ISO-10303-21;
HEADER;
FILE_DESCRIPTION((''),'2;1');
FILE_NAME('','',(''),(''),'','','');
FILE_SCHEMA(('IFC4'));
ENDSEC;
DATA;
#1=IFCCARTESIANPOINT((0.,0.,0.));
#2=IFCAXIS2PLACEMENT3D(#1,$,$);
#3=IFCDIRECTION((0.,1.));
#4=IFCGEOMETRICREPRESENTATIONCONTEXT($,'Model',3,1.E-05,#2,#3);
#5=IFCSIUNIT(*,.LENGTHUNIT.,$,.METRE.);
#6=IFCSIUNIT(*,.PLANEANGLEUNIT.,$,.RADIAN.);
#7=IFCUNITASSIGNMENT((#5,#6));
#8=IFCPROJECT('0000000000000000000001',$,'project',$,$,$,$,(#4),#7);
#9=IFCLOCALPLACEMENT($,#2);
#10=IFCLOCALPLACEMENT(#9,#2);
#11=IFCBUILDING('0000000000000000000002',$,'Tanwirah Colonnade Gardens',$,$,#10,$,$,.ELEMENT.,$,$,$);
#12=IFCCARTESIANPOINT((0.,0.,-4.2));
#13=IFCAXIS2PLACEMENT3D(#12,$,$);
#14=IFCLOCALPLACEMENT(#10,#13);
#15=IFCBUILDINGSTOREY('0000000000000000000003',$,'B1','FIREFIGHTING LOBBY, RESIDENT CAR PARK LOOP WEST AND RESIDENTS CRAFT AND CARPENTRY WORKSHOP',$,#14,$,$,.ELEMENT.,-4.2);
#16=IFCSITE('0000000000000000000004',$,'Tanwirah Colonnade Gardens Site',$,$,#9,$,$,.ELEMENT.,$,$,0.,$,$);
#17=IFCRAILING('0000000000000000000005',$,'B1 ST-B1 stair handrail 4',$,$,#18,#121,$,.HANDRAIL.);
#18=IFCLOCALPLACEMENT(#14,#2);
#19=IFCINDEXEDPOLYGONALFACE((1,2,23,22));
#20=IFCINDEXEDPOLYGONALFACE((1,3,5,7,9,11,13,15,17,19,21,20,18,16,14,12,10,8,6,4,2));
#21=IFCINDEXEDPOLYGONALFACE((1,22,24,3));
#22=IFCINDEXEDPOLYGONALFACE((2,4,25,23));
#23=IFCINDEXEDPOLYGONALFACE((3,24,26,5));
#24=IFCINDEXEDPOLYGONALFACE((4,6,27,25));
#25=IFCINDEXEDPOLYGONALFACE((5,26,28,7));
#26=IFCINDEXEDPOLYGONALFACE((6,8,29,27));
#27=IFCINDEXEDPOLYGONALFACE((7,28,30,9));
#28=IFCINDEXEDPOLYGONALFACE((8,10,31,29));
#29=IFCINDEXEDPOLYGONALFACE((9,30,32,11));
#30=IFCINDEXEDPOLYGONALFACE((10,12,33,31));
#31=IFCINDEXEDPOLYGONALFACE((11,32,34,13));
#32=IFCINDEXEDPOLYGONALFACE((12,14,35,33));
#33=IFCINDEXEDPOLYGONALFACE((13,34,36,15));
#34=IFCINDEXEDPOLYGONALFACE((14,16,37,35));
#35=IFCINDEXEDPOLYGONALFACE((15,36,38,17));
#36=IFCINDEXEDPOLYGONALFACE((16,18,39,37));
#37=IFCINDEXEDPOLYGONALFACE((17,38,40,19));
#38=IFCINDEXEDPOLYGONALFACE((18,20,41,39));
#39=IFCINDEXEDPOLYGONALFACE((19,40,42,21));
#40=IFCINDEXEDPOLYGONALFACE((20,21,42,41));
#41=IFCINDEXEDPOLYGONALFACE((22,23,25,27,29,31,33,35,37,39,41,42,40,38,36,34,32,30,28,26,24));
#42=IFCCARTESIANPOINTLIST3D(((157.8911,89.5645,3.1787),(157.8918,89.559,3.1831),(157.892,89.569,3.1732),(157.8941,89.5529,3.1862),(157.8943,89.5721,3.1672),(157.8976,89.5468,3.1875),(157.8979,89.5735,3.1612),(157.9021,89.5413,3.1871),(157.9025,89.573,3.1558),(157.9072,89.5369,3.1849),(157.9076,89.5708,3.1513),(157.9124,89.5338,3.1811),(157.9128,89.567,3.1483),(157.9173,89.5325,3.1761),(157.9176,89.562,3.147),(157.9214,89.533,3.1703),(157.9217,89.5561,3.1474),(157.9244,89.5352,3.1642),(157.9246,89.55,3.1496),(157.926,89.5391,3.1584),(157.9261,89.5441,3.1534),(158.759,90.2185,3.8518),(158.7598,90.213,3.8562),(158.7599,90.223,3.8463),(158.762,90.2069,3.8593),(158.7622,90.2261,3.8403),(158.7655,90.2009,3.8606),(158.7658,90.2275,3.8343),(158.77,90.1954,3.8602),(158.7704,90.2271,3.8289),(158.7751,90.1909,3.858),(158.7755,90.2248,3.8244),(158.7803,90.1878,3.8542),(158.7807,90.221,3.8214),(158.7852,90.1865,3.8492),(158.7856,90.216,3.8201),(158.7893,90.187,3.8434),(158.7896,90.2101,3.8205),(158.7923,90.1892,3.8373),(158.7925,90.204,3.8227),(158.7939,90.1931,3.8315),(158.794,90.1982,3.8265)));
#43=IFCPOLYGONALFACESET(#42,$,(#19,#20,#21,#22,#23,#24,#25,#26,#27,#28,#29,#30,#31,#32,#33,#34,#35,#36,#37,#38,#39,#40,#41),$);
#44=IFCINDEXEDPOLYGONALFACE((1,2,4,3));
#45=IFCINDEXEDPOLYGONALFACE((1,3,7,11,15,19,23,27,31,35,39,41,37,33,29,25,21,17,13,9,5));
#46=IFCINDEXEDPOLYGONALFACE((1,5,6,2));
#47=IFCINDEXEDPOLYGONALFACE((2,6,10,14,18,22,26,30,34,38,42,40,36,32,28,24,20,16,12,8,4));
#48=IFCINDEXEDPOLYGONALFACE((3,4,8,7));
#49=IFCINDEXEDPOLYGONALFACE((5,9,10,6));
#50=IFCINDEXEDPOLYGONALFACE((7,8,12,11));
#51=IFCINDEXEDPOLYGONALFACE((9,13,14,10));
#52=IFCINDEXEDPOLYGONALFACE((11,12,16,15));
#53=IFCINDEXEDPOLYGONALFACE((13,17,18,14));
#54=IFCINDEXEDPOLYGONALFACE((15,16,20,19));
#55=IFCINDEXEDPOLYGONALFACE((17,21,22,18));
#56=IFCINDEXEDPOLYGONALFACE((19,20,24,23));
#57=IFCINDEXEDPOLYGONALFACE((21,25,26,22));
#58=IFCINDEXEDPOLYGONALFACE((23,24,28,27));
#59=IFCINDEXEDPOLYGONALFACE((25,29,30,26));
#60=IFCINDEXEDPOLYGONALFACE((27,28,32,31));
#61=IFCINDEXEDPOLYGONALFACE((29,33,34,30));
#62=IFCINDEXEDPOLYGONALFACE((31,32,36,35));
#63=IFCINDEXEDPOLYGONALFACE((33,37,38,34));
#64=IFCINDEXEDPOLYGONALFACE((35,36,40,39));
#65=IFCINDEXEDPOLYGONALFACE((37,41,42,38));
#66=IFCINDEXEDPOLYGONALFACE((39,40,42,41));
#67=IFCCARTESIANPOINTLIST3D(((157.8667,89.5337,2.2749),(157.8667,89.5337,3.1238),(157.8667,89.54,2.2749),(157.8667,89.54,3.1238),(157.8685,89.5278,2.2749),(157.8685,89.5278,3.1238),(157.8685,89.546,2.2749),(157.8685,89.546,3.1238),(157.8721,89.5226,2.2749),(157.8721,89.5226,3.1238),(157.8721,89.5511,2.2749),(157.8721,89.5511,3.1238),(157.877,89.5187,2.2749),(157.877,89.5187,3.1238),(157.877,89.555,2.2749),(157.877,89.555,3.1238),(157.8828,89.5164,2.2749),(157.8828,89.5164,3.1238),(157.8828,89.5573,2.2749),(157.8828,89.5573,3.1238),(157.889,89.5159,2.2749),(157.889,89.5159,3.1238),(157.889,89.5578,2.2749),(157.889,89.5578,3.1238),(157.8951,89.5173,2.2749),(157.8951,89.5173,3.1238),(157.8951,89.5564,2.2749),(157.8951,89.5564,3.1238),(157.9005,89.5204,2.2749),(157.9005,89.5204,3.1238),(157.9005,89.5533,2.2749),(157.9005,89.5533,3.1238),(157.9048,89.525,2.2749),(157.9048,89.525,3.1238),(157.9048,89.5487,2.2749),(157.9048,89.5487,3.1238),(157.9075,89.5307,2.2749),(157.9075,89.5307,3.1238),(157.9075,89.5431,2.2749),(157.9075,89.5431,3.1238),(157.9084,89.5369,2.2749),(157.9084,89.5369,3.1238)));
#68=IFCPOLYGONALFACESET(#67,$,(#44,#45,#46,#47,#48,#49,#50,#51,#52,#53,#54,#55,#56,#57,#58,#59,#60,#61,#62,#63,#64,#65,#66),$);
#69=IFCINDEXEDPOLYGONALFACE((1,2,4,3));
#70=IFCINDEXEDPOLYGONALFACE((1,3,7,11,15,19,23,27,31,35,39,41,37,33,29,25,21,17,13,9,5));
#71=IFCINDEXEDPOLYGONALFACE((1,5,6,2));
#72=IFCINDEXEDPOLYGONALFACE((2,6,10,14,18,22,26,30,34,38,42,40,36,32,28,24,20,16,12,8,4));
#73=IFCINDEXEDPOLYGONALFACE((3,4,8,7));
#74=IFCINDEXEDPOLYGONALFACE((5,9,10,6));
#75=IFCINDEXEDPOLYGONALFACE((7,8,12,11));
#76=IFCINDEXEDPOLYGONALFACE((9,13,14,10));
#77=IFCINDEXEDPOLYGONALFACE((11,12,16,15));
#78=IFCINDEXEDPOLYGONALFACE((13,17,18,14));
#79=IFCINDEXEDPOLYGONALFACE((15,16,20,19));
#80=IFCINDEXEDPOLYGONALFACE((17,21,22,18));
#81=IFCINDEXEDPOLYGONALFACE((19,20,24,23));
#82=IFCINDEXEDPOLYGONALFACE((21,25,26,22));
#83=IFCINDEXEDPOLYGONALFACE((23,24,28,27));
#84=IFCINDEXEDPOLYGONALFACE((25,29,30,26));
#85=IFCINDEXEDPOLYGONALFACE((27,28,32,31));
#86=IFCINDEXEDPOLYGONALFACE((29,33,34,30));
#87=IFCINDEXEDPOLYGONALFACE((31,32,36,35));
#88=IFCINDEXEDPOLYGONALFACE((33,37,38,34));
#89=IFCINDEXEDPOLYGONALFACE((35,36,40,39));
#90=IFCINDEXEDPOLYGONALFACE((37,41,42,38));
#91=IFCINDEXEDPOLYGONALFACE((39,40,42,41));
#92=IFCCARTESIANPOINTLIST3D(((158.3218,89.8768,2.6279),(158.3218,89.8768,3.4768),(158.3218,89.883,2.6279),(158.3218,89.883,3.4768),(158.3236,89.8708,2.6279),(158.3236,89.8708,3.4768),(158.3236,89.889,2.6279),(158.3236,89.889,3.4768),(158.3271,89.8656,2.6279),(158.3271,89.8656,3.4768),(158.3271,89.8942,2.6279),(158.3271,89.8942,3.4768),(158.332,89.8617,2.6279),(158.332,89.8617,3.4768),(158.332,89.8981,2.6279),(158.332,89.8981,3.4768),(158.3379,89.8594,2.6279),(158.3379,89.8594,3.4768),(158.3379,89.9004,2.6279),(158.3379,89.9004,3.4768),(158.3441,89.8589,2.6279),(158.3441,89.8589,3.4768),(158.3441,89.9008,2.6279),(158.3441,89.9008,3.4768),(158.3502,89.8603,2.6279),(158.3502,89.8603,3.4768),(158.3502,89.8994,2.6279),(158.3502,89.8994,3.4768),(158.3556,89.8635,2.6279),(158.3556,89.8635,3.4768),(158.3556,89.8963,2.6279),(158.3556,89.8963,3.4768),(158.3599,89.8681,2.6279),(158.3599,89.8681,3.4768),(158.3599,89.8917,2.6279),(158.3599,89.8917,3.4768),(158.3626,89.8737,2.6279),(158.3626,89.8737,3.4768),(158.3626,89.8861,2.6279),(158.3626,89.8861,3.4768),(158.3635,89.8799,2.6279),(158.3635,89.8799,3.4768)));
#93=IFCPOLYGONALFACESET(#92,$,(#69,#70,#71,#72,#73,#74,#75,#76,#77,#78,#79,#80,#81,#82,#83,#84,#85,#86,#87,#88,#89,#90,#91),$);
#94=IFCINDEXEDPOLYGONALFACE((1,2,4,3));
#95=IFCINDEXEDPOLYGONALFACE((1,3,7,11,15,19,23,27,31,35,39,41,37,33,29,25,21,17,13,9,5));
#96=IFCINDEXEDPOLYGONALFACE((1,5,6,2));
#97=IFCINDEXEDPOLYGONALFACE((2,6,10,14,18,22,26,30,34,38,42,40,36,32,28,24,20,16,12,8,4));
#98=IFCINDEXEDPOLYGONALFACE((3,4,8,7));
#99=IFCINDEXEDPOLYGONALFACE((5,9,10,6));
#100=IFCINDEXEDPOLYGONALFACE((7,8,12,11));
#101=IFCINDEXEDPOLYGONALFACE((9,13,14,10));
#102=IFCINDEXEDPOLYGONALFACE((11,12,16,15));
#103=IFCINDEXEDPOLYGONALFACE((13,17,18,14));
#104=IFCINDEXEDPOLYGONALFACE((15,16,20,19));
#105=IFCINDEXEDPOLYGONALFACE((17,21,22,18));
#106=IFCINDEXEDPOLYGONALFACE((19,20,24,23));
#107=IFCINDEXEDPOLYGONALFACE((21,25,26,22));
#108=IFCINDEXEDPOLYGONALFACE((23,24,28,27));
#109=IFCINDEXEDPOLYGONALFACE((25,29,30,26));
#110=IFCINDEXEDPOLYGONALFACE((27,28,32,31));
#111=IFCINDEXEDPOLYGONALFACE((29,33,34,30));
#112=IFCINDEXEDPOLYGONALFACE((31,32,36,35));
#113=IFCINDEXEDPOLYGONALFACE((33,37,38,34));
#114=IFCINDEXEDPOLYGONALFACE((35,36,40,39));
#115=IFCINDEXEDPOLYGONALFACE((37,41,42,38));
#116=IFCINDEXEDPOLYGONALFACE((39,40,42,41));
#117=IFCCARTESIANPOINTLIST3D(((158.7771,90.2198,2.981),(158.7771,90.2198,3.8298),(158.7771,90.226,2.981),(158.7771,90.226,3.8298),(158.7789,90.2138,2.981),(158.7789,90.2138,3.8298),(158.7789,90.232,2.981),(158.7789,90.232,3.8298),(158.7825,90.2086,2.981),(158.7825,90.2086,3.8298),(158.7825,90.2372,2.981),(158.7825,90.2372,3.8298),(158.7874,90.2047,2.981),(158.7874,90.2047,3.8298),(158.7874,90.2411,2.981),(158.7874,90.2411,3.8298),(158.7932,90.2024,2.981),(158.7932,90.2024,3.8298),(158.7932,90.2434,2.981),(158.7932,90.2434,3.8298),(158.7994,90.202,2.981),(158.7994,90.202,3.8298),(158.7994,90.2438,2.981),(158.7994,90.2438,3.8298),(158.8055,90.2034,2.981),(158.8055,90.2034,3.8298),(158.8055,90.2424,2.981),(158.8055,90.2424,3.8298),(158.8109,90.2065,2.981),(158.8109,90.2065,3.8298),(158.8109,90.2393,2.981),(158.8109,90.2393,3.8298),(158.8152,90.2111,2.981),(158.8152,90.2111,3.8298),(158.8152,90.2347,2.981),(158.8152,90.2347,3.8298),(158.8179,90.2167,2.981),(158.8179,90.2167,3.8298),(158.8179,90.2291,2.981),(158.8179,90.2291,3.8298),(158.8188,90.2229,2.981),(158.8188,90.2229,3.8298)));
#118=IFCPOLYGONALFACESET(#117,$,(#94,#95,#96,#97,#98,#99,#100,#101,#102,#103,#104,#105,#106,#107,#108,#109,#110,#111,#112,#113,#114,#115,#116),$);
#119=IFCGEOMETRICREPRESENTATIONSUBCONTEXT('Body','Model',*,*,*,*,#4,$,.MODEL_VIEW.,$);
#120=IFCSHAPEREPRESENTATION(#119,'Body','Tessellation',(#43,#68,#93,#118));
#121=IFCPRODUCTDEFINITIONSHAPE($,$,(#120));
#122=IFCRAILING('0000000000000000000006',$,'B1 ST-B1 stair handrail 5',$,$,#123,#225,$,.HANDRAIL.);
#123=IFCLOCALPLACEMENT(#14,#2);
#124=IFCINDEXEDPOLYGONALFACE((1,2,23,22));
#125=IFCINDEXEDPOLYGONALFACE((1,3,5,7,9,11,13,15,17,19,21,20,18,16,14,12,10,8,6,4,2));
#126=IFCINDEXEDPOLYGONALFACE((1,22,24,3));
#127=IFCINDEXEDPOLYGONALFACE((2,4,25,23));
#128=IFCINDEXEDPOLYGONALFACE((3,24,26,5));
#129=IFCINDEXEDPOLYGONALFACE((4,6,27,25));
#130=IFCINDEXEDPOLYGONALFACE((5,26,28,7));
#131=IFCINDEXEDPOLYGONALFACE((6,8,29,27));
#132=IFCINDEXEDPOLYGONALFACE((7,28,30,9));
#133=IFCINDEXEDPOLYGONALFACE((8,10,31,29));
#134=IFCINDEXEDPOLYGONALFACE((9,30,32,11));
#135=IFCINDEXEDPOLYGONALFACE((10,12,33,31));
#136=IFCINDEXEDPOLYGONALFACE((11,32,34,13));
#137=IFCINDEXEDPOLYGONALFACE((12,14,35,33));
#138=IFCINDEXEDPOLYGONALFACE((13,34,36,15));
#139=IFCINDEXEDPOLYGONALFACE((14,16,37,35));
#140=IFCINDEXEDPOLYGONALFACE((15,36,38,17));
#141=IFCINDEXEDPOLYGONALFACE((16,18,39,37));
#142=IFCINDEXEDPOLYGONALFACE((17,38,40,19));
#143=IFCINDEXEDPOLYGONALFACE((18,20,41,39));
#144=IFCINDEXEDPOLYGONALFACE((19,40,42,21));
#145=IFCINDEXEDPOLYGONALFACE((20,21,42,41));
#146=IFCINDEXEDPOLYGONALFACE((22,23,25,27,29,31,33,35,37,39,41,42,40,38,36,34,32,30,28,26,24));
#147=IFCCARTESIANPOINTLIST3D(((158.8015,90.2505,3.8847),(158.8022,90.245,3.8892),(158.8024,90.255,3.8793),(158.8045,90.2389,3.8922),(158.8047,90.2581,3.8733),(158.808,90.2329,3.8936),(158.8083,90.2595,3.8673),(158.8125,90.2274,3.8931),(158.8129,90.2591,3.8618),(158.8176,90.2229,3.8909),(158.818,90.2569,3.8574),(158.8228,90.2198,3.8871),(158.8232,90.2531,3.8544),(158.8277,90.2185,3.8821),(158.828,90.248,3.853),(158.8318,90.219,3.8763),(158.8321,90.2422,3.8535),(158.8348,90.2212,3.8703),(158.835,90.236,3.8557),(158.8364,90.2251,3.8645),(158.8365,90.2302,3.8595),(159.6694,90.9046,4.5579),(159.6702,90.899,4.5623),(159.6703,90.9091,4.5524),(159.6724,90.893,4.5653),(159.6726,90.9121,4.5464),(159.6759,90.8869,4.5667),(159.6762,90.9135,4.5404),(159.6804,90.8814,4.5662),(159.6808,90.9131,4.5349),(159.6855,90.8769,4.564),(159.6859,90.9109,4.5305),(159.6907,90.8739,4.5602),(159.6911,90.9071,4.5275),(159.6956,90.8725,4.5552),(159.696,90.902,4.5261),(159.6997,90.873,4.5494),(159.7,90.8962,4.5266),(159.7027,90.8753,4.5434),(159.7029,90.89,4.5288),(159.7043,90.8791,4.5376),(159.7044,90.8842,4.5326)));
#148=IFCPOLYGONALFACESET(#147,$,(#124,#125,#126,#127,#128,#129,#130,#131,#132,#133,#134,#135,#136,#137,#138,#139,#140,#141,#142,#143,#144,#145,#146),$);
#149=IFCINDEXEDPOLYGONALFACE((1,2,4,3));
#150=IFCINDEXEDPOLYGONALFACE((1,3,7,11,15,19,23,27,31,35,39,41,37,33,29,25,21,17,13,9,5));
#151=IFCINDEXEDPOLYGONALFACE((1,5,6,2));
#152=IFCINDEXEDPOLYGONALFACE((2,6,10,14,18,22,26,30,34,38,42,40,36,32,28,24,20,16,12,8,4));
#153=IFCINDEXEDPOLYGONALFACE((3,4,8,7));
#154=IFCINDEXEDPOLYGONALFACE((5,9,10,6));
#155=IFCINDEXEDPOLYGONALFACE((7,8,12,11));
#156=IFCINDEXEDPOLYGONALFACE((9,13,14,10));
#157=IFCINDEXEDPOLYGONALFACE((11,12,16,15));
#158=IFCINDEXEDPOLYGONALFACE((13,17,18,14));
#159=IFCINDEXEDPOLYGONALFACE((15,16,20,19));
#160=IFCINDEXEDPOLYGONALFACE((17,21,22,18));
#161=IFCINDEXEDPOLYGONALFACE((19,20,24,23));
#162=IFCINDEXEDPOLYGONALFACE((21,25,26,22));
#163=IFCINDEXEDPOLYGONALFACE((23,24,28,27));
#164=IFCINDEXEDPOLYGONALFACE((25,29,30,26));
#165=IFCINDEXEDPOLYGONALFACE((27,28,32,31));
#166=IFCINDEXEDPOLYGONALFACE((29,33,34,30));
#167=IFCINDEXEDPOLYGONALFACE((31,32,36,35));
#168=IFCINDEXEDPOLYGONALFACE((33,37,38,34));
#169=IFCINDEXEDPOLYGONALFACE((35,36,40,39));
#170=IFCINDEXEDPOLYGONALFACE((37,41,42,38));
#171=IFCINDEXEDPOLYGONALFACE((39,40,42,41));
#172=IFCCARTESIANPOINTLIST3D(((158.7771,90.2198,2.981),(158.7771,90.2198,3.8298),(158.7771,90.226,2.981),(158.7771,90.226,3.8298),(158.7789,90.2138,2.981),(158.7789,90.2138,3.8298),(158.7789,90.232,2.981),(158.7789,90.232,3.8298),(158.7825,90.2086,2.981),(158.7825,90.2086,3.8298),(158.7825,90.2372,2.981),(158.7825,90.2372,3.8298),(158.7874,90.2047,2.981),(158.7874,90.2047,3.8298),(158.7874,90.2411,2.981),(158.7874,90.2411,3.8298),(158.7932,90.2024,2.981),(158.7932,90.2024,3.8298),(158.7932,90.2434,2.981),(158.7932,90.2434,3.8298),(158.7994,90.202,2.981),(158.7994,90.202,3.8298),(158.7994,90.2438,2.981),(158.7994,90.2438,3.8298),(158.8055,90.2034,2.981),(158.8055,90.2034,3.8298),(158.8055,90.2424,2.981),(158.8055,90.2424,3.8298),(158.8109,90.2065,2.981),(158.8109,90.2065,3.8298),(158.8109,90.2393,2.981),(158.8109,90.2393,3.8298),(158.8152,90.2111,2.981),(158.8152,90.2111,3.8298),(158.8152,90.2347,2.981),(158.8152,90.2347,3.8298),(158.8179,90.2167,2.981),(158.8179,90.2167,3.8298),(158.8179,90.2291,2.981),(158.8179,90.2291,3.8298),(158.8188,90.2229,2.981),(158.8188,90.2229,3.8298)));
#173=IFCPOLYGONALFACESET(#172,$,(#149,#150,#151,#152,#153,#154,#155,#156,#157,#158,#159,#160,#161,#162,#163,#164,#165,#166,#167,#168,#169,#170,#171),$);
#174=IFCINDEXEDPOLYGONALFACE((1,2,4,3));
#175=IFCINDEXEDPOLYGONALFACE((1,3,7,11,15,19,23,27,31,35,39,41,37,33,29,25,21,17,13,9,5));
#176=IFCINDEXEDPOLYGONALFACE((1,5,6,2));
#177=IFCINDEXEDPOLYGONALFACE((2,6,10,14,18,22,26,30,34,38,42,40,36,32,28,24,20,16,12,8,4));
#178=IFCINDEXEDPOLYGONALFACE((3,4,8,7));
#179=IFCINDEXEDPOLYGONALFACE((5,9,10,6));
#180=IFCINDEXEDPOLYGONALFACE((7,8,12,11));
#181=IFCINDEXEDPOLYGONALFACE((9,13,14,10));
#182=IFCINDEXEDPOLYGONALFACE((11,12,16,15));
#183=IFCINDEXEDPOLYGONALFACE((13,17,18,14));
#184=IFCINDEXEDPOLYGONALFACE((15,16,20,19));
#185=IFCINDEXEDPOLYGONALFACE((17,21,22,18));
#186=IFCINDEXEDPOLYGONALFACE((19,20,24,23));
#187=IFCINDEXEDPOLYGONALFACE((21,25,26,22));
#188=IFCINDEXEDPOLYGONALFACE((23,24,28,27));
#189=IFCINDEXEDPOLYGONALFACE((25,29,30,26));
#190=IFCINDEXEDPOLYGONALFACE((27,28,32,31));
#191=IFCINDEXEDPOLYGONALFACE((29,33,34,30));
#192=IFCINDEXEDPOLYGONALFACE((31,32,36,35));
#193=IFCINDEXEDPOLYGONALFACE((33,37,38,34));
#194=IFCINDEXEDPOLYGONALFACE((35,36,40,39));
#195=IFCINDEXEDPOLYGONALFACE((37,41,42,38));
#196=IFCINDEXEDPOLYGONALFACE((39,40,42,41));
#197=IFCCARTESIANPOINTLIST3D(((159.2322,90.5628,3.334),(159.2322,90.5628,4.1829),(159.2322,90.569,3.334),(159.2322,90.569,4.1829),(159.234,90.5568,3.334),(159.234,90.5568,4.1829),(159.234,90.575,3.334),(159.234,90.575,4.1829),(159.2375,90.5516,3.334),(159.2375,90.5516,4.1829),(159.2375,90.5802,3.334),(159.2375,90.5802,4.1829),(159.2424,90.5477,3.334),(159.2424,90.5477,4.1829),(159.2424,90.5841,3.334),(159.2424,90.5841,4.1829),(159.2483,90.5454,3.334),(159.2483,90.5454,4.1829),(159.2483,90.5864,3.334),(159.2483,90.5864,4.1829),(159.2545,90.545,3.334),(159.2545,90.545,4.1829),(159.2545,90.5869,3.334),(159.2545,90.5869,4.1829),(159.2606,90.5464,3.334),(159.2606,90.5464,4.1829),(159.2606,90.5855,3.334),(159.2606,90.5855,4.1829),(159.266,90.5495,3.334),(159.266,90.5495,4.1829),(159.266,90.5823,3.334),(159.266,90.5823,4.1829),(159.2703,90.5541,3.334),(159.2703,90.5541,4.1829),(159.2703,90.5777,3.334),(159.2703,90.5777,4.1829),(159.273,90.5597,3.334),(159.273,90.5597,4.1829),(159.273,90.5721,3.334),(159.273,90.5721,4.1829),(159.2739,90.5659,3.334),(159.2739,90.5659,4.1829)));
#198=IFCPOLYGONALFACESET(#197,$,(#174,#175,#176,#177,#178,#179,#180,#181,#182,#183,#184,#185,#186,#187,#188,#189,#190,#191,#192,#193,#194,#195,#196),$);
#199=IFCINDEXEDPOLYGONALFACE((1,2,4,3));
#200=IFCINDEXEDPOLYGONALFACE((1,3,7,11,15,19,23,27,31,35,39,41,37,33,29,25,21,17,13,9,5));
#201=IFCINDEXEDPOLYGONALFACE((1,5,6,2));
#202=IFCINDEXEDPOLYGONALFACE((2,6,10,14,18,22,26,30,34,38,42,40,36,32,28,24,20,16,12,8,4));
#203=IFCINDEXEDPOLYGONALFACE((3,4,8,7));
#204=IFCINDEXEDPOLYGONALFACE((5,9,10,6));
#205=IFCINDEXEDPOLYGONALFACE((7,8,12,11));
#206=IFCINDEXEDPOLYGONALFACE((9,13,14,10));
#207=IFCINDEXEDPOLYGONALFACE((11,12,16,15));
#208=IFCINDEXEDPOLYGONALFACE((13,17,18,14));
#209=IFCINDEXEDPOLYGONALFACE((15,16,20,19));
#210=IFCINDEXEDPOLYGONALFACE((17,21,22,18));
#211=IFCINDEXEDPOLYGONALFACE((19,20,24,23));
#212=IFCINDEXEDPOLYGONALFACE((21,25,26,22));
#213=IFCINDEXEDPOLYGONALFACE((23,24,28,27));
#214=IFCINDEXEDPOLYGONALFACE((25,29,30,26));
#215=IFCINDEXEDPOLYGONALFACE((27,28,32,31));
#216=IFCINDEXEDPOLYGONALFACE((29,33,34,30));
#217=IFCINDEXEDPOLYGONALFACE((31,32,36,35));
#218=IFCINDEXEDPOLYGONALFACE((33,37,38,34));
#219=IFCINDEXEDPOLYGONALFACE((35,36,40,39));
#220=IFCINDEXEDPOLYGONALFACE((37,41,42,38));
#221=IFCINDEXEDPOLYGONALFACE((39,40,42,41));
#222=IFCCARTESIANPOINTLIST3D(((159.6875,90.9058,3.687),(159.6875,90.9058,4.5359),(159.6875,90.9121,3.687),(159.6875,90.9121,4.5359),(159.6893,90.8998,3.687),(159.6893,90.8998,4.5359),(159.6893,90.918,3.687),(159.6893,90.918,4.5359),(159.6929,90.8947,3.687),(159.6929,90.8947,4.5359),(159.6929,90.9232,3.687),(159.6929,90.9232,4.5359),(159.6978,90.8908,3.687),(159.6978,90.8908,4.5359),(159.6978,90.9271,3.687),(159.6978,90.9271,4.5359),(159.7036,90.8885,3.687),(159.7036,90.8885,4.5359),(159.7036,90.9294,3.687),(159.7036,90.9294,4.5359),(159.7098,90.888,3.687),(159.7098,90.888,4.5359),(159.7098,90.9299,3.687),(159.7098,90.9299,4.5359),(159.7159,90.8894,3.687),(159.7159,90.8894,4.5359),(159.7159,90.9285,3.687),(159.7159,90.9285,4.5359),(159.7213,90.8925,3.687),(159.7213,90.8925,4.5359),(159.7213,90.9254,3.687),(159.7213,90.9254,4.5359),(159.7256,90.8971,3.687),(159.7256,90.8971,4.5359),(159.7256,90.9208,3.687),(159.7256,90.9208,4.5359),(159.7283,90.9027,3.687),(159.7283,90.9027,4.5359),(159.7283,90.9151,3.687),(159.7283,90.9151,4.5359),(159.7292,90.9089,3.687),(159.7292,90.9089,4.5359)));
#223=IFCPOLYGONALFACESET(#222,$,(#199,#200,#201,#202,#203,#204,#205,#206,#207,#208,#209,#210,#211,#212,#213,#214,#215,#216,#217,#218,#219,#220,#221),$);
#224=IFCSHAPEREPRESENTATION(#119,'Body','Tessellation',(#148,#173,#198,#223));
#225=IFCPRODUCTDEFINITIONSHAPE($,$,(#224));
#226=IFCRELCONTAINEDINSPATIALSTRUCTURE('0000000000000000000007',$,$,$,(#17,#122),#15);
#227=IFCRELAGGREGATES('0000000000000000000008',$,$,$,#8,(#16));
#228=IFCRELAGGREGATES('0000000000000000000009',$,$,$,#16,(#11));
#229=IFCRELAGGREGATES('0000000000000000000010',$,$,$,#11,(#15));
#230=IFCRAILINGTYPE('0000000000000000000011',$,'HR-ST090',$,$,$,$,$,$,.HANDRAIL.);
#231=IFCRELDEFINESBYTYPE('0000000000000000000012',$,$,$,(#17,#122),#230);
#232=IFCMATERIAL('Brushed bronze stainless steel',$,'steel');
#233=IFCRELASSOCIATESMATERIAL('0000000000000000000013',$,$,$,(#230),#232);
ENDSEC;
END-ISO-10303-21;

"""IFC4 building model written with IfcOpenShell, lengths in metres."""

from ifc_helpers import new_model, si_unit, direction, frame, origin, origin_2d, place, context, subcontext, project, spatial, circle, extrude, material, type_object, element, save


model = new_model("IFC4")

# Units and contexts
model_context = context("Model", 3, precision=1e-05, world=origin(), true_north=direction((0.0, 1.0)))
body_context = subcontext(model_context, "Body", "Model", "MODEL_VIEW")
ifc_project = project(units=[si_unit("LENGTHUNIT", "METRE"), si_unit("PLANEANGLEUNIT", "RADIAN")], contexts=[model_context])

# Site, building, storey
site_placement = place(None, origin())
site = spatial("IfcSite", under=ifc_project, at=site_placement, Name="Tanwirah Colonnade Gardens Site", CompositionType="ELEMENT", RefElevation=0.0)
building_placement = place(site_placement, origin())
building = spatial("IfcBuilding", under=site, at=building_placement, Name="Tanwirah Colonnade Gardens", CompositionType="ELEMENT")
storey_placement = place(building_placement, frame((0.0, 0.0, -4.2)))
storey = spatial("IfcBuildingStorey", under=building, at=storey_placement, Name="B1", Description="FIREFIGHTING LOBBY, RESIDENT CAR PARK LOOP WEST AND RESIDENTS CRAFT AND CARPENTRY WORKSHOP", CompositionType="ELEMENT", Elevation=-4.2)

# Railings
ifc_material_1 = material(Name="Brushed bronze stainless steel", Category="steel")
railing_type_1 = type_object("IfcRailingType", Name="HR-ST090", PredefinedType="HANDRAIL", material=ifc_material_1)
for number, where, name in (
    (1, (157.8875, 89.5369, 2.2749), "B1 ST-B1 stair handrail 4"),
    (2, (158.7979, 90.2229, 2.981), "B1 ST-B1 stair handrail 5"),
):
    element("IfcRailing", number, at=place(storey_placement, frame(where)), inside=storey, type_object=railing_type_1, Name=name, PredefinedType="HANDRAIL", context=body_context, shape_type="SweptSolid", body=[
        extrude(circle(Radius=0.0239, at=origin_2d()), frame((0.0212, 0.0161, 0.8923), z_axis=(0.678952, 0.511627, 0.526557), x_axis=(-0.601815, 0.798636, 0.0)), (0.0, 0.0, 1.0), 1.2783),
        extrude(circle(Radius=0.021, at=origin_2d()), origin(), (0.0, 0.0, 1.0), 0.8489),
        extrude(circle(Radius=0.021, at=origin_2d()), frame((0.4551, 0.343, 0.353)), (0.0, 0.0, 1.0), 0.8489),
        extrude(circle(Radius=0.021, at=origin_2d()), frame((0.9104, 0.686, 0.7061)), (0.0, 0.0, 1.0), 0.8489),
    ])

save(model, "model.ifc")
